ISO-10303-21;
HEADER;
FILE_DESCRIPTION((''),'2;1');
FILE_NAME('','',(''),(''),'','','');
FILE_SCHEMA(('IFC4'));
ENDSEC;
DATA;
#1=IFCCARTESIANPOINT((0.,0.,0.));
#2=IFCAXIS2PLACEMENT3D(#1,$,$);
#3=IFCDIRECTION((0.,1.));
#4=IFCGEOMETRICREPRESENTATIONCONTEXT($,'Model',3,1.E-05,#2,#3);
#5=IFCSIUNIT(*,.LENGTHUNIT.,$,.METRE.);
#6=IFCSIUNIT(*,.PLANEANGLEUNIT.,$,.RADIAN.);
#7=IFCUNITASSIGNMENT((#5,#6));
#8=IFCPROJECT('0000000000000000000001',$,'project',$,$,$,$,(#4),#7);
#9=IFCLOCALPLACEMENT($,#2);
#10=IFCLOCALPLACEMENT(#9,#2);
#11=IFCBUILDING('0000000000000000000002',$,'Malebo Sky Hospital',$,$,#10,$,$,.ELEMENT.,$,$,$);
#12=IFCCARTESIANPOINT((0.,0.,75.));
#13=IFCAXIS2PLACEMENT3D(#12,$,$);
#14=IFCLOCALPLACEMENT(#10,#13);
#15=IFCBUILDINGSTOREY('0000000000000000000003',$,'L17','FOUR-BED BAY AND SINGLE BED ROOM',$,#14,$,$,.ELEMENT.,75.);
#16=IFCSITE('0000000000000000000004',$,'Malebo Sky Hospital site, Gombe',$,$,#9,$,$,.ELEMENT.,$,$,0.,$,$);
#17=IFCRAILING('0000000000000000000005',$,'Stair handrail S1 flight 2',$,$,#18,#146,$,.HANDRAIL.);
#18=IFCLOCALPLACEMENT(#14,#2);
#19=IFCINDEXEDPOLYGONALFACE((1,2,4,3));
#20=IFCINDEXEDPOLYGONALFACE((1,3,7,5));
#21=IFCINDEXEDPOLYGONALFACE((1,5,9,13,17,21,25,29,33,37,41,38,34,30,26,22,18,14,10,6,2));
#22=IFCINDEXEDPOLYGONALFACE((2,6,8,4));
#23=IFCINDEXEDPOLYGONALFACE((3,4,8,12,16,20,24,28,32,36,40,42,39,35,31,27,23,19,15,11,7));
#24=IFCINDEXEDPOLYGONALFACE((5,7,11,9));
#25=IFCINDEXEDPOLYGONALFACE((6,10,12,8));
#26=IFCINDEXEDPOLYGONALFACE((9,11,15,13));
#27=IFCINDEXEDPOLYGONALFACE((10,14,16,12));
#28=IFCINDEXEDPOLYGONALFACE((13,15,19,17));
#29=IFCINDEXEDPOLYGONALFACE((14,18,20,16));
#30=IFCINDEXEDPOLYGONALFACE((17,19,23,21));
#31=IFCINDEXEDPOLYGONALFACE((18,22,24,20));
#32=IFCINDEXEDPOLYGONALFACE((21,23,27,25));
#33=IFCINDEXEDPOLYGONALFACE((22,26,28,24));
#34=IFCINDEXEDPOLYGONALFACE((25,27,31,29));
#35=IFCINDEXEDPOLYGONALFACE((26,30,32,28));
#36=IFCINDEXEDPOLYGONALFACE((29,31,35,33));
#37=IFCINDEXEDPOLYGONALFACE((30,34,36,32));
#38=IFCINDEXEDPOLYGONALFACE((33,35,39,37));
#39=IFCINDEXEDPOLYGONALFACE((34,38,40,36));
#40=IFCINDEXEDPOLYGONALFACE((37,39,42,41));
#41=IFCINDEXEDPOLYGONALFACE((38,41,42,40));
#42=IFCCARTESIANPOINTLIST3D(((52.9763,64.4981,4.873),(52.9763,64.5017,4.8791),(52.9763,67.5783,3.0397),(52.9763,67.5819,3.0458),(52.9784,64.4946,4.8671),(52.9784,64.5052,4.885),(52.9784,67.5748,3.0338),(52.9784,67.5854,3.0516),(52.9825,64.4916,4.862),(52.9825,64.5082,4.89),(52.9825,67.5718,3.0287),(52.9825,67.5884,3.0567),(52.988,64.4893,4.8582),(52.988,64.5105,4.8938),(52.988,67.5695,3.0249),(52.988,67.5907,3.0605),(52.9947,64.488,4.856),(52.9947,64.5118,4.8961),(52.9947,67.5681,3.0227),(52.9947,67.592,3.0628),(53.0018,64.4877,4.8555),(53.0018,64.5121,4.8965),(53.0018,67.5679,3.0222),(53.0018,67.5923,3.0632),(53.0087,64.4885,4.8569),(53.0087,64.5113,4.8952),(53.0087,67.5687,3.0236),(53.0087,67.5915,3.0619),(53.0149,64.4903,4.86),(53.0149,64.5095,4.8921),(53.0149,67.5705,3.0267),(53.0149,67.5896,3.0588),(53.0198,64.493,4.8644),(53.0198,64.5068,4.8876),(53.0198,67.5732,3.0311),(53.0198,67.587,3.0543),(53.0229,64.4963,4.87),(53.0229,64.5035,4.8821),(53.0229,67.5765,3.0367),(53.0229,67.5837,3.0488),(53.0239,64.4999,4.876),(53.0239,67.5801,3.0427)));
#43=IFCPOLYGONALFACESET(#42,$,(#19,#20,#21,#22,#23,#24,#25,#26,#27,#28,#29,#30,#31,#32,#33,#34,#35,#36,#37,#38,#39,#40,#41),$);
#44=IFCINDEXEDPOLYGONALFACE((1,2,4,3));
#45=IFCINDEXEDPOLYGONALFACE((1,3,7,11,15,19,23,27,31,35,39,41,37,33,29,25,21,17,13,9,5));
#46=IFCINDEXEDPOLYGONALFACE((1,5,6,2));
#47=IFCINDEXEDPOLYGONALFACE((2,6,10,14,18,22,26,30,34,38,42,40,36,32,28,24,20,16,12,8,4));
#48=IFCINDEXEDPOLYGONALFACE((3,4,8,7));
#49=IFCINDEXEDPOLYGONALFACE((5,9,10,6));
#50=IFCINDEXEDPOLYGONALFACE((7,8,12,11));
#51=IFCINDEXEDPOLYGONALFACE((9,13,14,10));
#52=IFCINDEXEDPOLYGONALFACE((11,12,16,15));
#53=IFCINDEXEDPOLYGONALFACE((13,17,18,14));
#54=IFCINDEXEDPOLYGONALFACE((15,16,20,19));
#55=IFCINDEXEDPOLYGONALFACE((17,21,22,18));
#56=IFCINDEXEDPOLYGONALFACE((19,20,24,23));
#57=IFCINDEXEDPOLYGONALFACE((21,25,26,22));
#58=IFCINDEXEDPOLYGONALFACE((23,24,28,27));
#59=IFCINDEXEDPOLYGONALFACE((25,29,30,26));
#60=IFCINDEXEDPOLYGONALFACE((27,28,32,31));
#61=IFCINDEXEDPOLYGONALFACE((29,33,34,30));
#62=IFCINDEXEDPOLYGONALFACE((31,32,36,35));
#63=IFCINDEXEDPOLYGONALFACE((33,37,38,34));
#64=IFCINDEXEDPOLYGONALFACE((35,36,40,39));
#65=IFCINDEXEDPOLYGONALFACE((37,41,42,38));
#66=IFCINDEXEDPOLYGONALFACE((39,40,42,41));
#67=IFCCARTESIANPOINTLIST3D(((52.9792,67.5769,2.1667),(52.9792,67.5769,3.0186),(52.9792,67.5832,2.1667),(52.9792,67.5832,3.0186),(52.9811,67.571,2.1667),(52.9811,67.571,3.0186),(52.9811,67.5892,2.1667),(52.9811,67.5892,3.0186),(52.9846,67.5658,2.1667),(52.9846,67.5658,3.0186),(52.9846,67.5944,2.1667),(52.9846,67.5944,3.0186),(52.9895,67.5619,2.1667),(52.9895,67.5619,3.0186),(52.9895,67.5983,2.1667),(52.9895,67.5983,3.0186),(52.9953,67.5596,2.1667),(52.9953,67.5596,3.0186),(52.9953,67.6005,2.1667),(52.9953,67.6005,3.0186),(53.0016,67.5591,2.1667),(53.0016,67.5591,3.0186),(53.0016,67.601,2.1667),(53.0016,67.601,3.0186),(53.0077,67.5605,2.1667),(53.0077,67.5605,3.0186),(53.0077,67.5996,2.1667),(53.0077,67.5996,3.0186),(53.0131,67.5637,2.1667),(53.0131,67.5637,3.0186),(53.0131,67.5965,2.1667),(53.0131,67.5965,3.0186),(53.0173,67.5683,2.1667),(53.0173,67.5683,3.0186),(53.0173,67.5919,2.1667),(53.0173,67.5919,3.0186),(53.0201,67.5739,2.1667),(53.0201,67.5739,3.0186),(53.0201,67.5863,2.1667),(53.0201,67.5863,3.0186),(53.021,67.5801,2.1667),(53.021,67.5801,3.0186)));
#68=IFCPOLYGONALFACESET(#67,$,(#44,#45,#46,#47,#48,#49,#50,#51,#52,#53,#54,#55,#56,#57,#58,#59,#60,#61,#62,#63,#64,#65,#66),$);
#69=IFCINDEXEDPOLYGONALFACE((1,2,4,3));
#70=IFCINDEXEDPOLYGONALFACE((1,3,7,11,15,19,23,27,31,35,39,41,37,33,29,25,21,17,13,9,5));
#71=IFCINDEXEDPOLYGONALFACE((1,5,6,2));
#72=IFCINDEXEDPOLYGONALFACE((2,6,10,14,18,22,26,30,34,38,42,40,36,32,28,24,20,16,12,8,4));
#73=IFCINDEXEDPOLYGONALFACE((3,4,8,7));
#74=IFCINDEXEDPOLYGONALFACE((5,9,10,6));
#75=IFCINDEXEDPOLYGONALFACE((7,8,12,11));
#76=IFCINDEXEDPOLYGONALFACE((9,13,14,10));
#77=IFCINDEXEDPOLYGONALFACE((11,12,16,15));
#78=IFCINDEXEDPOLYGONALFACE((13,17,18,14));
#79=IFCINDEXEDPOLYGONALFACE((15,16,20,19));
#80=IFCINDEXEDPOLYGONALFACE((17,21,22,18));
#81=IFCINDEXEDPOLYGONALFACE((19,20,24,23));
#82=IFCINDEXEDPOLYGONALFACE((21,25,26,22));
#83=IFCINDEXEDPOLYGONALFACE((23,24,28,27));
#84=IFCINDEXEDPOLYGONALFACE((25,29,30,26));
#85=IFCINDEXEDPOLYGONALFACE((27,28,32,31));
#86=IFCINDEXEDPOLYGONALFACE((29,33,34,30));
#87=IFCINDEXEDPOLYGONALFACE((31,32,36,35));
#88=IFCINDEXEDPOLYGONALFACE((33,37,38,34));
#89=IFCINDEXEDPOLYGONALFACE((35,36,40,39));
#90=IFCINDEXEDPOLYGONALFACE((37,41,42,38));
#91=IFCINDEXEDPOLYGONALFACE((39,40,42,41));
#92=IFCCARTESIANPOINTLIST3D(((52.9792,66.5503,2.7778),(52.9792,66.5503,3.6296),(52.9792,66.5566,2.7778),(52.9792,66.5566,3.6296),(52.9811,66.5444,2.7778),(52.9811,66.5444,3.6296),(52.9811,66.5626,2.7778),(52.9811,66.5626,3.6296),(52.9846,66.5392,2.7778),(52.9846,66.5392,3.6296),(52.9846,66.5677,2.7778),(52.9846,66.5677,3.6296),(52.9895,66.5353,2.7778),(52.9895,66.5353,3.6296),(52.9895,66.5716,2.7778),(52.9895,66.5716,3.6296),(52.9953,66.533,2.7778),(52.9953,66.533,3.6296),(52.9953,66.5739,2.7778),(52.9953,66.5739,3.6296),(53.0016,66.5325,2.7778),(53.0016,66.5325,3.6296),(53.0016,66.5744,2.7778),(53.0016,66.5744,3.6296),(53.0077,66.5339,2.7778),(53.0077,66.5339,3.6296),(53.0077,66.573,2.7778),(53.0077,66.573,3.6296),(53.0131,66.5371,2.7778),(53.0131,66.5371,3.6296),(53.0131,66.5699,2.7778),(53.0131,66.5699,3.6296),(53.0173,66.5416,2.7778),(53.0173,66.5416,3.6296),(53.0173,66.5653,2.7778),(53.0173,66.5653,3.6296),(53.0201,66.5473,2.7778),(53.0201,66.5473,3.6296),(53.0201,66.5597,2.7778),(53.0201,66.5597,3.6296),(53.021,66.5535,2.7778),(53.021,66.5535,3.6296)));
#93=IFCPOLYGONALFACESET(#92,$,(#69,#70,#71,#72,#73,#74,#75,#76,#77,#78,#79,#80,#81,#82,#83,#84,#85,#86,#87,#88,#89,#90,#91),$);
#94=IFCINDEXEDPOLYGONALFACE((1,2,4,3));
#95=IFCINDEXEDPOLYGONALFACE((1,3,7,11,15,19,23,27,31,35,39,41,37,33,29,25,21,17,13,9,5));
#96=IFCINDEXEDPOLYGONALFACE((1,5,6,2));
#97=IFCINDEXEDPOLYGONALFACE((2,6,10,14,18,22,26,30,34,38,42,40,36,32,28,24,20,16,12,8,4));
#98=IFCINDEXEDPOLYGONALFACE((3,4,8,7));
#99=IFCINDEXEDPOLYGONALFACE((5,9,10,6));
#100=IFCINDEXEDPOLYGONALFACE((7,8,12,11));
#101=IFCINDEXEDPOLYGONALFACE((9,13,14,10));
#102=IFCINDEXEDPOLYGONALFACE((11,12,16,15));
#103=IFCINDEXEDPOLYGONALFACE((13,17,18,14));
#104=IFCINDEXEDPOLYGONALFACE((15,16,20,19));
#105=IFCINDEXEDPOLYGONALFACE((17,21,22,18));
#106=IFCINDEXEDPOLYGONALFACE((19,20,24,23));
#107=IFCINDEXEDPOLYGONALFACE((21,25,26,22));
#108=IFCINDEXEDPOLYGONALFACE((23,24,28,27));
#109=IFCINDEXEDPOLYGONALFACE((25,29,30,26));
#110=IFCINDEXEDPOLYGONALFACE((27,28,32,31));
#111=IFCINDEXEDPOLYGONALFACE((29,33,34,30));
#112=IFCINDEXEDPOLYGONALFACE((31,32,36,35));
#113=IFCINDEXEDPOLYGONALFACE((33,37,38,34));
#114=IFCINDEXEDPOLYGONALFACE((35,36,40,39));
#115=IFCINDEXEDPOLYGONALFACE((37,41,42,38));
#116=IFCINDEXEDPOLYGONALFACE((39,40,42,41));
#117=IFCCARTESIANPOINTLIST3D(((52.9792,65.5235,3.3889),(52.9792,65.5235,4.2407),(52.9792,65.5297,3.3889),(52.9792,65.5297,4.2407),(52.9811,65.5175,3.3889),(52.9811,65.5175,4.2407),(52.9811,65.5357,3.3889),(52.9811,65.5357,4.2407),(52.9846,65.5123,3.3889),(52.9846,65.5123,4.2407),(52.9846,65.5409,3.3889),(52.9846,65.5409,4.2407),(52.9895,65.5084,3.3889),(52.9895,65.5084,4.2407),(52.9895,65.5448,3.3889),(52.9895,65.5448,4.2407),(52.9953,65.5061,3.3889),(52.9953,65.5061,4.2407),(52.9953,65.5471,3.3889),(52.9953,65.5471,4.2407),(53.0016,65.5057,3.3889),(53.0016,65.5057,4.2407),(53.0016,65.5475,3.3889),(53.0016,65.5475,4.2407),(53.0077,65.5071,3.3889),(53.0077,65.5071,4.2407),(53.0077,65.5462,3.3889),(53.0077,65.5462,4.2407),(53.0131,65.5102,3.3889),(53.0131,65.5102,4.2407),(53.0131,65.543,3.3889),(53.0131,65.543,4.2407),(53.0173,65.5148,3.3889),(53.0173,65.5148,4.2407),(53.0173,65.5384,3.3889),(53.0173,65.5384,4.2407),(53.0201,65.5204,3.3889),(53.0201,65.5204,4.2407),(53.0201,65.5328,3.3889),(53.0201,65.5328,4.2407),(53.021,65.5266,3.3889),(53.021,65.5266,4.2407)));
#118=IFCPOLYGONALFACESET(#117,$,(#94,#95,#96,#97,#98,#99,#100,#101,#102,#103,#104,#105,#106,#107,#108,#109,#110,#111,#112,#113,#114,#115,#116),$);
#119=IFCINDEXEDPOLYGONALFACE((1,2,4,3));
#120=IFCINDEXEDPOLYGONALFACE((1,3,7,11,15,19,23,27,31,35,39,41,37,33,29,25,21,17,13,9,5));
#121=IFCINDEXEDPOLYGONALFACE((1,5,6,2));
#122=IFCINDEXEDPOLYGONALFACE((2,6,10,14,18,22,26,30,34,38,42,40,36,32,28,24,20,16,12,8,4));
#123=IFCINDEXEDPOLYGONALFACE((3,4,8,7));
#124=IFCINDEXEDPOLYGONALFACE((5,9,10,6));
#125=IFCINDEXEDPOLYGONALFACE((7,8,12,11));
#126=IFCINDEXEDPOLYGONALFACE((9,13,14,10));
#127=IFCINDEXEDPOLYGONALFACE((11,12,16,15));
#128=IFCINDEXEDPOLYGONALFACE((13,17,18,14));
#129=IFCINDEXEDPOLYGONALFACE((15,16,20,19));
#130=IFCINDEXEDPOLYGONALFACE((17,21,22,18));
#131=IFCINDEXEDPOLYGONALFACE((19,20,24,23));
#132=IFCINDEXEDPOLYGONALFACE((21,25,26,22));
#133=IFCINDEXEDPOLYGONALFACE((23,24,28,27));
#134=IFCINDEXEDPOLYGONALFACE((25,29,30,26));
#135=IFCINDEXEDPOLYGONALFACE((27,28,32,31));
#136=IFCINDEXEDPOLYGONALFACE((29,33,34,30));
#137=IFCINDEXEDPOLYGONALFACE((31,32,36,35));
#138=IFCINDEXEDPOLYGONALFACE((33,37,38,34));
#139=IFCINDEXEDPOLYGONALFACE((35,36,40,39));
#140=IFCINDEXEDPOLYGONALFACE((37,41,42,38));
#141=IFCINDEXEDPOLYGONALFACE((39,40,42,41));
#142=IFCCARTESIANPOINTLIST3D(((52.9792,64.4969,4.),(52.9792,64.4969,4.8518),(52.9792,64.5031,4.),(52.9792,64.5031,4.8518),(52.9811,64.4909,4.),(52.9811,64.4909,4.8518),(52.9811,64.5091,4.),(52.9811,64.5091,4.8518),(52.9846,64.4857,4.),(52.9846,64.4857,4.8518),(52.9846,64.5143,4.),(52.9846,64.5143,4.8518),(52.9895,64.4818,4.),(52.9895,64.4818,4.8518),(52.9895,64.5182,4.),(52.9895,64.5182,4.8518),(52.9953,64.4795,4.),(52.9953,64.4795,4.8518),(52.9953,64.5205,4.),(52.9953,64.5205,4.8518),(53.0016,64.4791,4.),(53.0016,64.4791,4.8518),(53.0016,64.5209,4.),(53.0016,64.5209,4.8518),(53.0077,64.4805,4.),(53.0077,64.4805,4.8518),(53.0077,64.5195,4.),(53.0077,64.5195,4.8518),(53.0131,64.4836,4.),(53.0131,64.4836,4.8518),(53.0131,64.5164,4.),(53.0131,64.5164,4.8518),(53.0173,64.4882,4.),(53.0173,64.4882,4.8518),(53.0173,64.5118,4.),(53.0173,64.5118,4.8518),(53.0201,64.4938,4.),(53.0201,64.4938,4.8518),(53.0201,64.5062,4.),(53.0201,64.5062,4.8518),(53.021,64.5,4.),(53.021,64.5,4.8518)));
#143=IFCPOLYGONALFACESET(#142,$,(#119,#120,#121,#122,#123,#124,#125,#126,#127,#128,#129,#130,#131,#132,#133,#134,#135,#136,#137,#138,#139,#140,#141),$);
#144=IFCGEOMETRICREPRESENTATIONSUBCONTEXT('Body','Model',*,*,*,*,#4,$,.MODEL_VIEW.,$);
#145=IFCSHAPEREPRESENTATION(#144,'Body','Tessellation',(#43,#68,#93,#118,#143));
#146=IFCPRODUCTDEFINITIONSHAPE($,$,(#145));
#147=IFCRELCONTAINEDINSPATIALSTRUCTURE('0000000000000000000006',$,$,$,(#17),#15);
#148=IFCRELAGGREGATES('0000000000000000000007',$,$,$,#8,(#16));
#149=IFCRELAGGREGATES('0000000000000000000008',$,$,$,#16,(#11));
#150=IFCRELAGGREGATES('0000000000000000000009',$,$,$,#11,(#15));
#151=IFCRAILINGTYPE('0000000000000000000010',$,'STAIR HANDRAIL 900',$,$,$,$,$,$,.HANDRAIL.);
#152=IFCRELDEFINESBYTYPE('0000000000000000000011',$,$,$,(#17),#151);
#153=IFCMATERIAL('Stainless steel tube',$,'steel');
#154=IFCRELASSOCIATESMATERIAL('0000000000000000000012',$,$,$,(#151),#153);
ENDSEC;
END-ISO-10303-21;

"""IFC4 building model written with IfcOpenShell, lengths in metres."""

from ifc_helpers import new_model, si_unit, direction, frame, origin, origin_2d, place, context, subcontext, project, spatial, circle, extrude, material, type_object, element, save


model = new_model("IFC4")

# Units and contexts
model_context = context("Model", 3, precision=1e-05, world=origin(), true_north=direction((0.0, 1.0)))
body_context = subcontext(model_context, "Body", "Model", "MODEL_VIEW")
ifc_project = project(units=[si_unit("LENGTHUNIT", "METRE"), si_unit("PLANEANGLEUNIT", "RADIAN")], contexts=[model_context])

# Site, building, storey
site_placement = place(None, origin())
site = spatial("IfcSite", under=ifc_project, at=site_placement, Name="Malebo Sky Hospital site, Gombe", CompositionType="ELEMENT", RefElevation=0.0)
building_placement = place(site_placement, origin())
building = spatial("IfcBuilding", under=site, at=building_placement, Name="Malebo Sky Hospital", CompositionType="ELEMENT")
storey_placement = place(building_placement, frame((0.0, 0.0, 75.0)))
storey = spatial("IfcBuildingStorey", under=building, at=storey_placement, Name="L17", Description="FOUR-BED BAY AND SINGLE BED ROOM", CompositionType="ELEMENT", Elevation=75.0)

# Railing
ifc_material_1 = material(Name="Stainless steel tube", Category="steel")
railing_type = type_object("IfcRailingType", Name="STAIR HANDRAIL 900", PredefinedType="HANDRAIL", material=ifc_material_1)
railing_1_placement = place(storey_placement, frame((53.0, 67.5801, 2.1667)))
element("IfcRailing", 1, at=railing_1_placement, inside=storey, type_object=railing_type, Name="Stair handrail S1 flight 2", PredefinedType="HANDRAIL", context=body_context, shape_type="SweptSolid", body=[
    extrude(circle(Radius=0.0239, at=origin_2d()), frame((0.0, 0.0, 0.876), z_axis=(0.0, -0.859309, 0.511458), x_axis=(1.0, 0.0, 0.0)), (0.0, 0.0, 1.0), 3.5845),
    extrude(circle(Radius=0.021, at=origin_2d()), origin(), (0.0, 0.0, 1.0), 0.8518),
    extrude(circle(Radius=0.021, at=origin_2d()), frame((0.0, -1.0266, 0.6111)), (0.0, 0.0, 1.0), 0.8518),
    extrude(circle(Radius=0.021, at=origin_2d()), frame((0.0, -2.0535, 1.2222)), (0.0, 0.0, 1.0), 0.8518),
    extrude(circle(Radius=0.021, at=origin_2d()), frame((0.0, -3.0801, 1.8333)), (0.0, 0.0, 1.0), 0.8518),
])

save(model, "model.ifc")
